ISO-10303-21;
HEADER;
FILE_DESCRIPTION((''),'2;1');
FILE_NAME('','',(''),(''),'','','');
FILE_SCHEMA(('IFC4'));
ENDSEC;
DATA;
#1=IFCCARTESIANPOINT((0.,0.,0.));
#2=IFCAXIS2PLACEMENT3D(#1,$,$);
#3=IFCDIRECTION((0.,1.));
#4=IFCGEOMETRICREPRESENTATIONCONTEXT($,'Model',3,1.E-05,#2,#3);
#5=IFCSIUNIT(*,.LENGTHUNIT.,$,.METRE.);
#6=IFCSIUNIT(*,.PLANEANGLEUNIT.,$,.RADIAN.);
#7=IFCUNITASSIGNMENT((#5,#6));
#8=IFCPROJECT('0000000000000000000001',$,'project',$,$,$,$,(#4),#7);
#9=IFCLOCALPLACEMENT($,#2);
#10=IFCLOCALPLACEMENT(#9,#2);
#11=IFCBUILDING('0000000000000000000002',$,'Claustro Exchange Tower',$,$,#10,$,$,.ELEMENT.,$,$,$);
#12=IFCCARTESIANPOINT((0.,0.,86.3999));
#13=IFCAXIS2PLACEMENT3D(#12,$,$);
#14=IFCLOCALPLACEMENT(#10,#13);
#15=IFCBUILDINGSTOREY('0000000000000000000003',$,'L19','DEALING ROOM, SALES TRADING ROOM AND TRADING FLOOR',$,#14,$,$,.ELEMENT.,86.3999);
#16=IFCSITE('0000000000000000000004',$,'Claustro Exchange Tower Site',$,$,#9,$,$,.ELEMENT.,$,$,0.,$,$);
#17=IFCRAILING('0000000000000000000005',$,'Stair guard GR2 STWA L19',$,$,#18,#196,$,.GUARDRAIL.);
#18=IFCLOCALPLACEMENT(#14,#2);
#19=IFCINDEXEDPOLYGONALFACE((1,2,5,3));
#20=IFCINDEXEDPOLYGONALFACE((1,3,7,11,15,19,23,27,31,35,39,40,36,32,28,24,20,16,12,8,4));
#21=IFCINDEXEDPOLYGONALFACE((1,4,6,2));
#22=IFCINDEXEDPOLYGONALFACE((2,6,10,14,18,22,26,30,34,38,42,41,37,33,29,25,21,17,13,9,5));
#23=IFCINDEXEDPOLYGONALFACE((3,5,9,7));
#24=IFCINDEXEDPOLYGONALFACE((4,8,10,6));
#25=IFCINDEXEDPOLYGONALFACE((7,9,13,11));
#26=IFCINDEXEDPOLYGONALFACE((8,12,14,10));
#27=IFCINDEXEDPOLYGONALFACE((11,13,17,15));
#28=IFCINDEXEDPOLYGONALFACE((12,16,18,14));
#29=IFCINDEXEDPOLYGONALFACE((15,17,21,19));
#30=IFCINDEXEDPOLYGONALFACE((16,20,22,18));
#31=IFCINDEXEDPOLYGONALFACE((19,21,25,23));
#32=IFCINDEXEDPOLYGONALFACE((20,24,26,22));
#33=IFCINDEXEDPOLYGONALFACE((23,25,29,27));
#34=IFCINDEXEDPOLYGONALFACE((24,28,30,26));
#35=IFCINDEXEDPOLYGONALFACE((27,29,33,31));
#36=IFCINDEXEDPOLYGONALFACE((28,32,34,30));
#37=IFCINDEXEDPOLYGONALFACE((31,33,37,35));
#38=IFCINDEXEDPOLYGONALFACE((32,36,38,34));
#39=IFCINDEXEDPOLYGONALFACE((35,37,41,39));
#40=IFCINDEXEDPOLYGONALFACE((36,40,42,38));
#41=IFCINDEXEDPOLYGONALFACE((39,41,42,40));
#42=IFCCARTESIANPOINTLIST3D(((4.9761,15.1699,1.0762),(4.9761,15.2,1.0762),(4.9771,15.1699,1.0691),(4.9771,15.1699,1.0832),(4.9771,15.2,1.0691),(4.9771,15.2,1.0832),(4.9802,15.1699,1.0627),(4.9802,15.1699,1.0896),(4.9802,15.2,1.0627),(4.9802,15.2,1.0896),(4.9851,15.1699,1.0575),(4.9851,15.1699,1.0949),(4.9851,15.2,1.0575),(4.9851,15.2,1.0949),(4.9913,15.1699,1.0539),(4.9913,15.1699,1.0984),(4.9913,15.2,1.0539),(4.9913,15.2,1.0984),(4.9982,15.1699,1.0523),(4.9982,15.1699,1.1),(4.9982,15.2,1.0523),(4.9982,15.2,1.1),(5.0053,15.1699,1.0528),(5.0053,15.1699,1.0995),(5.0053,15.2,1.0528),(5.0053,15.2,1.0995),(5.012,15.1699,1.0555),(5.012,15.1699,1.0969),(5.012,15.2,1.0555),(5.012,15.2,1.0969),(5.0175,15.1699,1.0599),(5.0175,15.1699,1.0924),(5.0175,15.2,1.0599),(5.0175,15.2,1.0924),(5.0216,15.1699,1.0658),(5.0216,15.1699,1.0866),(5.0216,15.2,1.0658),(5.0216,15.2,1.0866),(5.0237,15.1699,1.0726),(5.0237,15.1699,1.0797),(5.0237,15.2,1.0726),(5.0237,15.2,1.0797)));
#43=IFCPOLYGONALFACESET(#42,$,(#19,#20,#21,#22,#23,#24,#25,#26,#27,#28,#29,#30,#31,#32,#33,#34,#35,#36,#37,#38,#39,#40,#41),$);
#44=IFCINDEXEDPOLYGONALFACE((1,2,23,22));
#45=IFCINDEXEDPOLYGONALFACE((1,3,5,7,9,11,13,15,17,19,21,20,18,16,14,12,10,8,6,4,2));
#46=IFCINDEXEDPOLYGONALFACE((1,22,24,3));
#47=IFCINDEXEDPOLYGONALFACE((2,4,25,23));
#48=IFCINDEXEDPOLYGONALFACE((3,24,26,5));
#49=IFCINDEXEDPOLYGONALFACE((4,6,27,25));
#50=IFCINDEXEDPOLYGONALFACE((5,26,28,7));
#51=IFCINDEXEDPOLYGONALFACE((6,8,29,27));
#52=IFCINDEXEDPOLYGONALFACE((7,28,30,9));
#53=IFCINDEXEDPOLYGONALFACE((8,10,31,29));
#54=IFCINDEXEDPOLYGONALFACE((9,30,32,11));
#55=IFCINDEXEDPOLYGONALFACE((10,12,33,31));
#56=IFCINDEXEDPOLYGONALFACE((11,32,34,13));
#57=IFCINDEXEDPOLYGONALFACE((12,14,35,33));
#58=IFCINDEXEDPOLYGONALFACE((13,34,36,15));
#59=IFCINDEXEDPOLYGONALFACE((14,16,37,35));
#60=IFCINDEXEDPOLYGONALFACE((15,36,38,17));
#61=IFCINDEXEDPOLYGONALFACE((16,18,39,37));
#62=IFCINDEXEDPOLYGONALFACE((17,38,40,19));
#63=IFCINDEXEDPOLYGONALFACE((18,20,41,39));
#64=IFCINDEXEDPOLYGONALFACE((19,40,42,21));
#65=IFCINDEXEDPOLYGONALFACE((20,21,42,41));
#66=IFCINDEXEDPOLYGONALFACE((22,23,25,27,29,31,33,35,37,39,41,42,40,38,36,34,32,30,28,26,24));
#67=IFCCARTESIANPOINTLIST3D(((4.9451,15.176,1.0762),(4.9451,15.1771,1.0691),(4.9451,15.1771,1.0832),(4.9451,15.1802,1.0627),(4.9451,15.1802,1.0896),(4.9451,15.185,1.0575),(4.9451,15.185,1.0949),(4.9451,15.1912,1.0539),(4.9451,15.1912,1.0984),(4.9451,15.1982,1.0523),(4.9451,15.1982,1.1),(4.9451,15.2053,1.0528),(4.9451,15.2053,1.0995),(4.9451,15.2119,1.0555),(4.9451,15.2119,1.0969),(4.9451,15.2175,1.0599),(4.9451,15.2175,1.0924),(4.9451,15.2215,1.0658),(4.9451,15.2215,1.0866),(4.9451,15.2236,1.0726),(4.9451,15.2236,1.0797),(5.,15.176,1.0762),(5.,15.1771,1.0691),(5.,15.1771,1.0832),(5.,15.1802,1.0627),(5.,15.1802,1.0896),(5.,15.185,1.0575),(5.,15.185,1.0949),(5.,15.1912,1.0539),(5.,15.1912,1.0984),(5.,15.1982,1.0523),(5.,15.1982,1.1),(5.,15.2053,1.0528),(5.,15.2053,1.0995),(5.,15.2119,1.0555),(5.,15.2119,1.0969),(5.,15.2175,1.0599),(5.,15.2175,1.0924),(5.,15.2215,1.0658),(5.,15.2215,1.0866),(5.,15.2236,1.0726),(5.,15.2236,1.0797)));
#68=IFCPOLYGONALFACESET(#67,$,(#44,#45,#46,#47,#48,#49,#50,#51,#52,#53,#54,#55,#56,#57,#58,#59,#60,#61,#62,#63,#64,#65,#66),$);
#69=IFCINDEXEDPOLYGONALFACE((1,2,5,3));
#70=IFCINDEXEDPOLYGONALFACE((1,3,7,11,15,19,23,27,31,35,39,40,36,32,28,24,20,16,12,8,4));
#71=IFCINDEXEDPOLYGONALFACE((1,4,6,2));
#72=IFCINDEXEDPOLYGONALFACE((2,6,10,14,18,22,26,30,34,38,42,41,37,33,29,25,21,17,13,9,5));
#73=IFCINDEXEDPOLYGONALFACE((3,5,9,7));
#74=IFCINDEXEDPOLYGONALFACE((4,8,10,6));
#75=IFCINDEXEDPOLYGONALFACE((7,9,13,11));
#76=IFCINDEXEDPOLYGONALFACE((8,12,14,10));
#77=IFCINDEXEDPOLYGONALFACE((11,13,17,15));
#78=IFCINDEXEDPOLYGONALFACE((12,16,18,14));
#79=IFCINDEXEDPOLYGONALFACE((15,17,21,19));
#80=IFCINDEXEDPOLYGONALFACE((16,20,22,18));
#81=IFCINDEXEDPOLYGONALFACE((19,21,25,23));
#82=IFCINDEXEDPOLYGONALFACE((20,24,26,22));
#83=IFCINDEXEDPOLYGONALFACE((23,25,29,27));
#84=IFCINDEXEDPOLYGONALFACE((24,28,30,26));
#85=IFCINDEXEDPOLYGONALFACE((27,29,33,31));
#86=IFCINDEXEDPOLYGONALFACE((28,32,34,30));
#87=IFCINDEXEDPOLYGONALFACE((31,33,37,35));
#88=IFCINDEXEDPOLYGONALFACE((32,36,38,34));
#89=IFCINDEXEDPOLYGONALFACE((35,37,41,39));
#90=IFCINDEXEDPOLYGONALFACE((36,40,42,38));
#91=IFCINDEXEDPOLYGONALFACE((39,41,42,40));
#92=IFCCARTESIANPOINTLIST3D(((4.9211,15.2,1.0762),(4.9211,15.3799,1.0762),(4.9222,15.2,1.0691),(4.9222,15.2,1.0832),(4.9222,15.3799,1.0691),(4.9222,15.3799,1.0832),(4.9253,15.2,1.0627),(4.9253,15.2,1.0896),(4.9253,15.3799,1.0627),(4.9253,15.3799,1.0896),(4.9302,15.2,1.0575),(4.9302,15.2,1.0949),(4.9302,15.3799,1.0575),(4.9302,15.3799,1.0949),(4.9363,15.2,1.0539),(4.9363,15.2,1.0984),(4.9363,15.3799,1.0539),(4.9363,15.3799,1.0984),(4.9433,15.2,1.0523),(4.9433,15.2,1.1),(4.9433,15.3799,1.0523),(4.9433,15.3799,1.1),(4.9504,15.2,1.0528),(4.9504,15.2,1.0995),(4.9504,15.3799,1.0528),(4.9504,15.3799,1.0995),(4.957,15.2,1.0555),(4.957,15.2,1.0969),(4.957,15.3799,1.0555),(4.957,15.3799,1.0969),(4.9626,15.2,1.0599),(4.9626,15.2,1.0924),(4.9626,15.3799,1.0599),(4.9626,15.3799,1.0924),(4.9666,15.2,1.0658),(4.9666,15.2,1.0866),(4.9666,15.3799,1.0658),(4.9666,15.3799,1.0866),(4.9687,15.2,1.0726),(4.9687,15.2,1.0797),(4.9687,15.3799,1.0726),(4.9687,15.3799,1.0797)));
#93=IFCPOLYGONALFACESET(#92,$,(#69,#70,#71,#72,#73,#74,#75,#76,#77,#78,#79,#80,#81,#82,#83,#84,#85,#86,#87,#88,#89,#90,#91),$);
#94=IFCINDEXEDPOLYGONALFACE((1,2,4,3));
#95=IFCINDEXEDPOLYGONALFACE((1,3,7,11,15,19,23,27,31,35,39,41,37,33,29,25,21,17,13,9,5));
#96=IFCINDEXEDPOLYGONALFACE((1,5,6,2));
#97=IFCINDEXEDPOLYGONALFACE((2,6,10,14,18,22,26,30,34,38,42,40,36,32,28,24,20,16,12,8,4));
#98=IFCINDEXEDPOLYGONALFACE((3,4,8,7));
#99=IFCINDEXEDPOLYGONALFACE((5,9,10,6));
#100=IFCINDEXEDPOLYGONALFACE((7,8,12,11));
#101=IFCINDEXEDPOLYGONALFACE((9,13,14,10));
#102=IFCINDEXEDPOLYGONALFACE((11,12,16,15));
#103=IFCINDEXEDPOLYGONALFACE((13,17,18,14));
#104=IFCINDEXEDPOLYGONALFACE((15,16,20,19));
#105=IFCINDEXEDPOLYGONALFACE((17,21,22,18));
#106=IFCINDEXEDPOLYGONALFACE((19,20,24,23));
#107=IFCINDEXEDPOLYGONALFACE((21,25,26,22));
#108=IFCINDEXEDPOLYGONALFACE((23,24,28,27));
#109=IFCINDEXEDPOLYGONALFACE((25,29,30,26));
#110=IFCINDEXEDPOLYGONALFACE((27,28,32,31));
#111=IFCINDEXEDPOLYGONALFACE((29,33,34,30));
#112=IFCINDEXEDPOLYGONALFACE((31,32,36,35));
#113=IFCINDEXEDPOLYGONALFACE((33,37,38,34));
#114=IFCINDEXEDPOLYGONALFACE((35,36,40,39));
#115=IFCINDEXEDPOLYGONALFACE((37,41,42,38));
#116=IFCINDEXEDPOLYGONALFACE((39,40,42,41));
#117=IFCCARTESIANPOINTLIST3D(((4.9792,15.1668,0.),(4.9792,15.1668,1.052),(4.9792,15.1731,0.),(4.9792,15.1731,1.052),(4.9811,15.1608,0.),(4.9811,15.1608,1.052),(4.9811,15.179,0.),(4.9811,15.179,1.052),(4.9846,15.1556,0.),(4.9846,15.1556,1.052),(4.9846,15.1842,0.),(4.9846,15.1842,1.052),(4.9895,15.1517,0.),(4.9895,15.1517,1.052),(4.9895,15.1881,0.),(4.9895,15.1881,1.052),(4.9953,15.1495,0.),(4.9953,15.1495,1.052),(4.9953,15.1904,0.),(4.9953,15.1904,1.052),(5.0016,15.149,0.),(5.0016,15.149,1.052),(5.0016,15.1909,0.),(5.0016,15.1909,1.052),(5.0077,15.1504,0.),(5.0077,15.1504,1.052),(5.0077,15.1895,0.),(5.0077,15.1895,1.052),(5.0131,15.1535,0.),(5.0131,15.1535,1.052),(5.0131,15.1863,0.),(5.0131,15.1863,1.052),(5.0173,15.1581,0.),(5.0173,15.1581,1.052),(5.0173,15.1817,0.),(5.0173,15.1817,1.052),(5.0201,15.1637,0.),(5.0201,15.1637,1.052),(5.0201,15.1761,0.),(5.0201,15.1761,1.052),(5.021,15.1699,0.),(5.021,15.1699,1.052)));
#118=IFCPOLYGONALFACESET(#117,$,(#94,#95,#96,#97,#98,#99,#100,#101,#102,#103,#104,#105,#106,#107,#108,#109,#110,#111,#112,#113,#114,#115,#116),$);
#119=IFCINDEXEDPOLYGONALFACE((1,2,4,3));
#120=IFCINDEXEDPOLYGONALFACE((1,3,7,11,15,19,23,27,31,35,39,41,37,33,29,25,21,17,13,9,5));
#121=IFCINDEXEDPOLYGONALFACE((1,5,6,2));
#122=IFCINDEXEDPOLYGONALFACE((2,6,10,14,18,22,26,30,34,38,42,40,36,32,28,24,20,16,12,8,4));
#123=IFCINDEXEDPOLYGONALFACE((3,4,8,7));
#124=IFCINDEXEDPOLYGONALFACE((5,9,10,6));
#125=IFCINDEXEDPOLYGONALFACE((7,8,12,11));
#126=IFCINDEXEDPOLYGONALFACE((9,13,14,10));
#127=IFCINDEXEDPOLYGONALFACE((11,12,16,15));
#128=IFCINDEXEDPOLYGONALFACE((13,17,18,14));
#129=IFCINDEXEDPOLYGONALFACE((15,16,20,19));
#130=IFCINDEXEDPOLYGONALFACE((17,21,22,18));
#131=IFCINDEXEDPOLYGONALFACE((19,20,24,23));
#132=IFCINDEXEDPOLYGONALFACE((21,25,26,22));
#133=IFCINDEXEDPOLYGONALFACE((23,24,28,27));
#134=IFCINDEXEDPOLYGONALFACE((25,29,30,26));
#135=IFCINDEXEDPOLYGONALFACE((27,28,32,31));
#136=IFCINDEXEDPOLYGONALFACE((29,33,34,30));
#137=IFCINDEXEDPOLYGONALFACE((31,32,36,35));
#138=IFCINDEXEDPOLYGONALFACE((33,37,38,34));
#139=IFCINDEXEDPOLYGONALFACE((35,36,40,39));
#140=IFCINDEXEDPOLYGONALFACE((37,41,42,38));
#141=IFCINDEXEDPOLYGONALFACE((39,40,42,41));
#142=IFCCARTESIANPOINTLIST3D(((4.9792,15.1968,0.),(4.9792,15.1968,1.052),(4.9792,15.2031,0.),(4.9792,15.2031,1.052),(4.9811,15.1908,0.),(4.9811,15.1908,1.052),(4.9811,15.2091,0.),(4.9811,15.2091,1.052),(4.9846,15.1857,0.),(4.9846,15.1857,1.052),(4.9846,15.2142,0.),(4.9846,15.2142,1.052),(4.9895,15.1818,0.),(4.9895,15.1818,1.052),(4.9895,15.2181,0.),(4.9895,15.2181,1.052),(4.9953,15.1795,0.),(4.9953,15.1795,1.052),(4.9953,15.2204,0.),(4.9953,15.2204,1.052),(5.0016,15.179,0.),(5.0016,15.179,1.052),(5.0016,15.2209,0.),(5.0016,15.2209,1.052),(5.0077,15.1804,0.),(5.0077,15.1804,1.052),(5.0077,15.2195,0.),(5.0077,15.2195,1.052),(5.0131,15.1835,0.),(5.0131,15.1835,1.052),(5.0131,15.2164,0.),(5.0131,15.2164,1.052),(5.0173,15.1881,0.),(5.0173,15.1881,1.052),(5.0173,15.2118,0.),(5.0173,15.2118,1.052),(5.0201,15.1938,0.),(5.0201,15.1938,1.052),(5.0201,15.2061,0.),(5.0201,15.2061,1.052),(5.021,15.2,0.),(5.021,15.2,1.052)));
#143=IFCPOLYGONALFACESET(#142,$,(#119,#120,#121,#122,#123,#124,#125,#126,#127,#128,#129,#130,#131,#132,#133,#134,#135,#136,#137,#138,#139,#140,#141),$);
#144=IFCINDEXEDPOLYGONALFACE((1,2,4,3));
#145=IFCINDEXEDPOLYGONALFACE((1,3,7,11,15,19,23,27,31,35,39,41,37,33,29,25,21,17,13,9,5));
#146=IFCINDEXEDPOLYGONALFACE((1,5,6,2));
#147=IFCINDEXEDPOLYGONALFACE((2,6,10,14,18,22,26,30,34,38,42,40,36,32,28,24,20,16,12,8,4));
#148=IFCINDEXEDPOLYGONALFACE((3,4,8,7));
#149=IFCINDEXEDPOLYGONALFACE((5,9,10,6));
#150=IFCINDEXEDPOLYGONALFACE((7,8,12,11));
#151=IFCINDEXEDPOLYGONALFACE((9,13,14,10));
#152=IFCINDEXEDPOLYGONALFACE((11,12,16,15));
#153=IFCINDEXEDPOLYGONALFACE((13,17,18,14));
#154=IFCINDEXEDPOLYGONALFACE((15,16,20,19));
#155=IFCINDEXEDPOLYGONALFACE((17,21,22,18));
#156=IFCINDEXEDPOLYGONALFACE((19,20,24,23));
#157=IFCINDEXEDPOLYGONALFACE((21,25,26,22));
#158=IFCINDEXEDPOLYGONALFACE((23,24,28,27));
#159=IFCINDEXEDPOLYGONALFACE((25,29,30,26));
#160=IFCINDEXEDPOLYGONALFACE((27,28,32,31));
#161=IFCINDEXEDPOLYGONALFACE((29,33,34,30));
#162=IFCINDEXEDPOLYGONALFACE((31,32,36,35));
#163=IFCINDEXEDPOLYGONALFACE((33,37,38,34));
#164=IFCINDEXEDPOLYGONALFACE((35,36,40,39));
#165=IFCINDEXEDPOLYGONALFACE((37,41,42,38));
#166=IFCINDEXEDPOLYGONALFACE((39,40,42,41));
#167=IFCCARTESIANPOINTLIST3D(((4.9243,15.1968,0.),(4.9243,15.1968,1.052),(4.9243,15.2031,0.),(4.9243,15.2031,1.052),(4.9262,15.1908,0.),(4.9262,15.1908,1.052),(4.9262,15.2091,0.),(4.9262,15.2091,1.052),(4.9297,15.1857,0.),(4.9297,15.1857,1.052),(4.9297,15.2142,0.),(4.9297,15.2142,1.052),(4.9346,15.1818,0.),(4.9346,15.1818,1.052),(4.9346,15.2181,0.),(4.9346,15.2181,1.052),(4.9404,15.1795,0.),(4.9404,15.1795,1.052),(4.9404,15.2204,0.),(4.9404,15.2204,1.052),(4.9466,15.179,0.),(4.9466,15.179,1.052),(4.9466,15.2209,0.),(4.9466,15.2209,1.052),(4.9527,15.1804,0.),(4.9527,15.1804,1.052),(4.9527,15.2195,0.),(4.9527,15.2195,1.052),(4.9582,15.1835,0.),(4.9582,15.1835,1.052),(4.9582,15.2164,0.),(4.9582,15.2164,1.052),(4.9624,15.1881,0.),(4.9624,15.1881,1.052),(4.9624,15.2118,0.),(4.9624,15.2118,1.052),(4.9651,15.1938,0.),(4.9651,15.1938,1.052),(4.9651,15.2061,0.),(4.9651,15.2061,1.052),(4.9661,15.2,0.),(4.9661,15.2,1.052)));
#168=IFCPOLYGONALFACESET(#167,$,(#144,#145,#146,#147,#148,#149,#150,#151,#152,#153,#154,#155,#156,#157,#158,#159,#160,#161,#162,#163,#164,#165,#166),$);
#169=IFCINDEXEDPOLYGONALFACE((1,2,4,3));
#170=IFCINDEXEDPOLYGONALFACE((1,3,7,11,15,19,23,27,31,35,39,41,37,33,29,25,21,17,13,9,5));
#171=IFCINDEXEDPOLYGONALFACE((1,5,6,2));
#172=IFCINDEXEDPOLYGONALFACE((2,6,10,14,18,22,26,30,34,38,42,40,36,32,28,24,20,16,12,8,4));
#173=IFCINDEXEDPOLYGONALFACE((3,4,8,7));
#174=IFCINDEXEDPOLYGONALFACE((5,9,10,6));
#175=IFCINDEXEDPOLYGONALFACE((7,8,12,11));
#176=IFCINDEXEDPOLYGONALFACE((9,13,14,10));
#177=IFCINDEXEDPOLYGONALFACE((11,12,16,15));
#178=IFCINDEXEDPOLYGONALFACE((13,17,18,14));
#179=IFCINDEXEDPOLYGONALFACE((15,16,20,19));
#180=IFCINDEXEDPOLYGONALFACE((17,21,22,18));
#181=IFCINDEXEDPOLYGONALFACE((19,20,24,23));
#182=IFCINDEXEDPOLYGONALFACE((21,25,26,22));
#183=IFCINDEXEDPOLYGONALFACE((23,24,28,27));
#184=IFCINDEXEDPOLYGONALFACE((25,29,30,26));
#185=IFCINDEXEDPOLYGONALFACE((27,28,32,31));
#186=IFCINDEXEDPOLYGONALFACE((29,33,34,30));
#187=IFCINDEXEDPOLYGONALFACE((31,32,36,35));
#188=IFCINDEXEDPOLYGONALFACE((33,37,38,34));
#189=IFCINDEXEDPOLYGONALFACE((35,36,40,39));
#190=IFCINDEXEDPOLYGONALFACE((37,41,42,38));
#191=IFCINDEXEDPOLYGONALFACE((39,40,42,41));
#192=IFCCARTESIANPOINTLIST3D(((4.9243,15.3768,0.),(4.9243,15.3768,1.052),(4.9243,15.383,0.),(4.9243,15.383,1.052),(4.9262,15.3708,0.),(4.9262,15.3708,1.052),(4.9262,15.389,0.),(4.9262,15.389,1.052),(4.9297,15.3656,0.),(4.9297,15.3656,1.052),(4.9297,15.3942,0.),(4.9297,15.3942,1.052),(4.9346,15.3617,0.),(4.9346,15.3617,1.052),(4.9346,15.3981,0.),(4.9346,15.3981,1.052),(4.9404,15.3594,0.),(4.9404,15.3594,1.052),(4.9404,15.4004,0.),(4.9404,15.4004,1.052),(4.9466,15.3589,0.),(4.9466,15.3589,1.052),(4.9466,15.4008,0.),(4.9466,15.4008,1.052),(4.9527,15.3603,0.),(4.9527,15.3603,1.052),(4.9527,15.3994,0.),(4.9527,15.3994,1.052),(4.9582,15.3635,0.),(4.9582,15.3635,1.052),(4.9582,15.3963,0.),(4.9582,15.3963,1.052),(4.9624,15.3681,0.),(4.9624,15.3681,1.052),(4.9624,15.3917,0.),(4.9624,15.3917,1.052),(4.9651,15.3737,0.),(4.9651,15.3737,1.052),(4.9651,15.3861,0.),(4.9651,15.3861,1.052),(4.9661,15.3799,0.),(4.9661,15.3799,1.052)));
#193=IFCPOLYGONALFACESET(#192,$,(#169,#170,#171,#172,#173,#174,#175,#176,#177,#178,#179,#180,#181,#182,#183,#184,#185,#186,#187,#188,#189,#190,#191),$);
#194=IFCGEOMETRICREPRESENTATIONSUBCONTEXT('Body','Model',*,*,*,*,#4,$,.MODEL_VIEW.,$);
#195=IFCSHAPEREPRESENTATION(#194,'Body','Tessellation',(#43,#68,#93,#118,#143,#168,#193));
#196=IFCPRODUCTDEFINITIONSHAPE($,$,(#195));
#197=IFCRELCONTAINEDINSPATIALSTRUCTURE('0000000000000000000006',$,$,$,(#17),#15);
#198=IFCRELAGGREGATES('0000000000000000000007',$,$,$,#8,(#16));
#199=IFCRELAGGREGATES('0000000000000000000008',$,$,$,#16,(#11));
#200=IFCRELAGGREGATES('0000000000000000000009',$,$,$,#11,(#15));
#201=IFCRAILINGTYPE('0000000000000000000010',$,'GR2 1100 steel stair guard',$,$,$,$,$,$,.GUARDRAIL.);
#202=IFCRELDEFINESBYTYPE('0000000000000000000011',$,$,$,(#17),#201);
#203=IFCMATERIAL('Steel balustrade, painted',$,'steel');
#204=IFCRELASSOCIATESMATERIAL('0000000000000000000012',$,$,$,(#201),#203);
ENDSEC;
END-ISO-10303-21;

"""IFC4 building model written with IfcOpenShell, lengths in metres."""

from ifc_helpers import new_model, si_unit, direction, frame, origin, origin_2d, place, context, subcontext, project, spatial, circle, extrude, material, type_object, element, save


model = new_model("IFC4")

# Units and contexts
model_context = context("Model", 3, precision=1e-05, world=origin(), true_north=direction((0.0, 1.0)))
body_context = subcontext(model_context, "Body", "Model", "MODEL_VIEW")
ifc_project = project(units=[si_unit("LENGTHUNIT", "METRE"), si_unit("PLANEANGLEUNIT", "RADIAN")], contexts=[model_context])

# Site, building, storey
site_placement = place(None, origin())
site = spatial("IfcSite", under=ifc_project, at=site_placement, Name="Claustro Exchange Tower Site", CompositionType="ELEMENT", RefElevation=0.0)
building_placement = place(site_placement, origin())
building = spatial("IfcBuilding", under=site, at=building_placement, Name="Claustro Exchange Tower", CompositionType="ELEMENT")
storey_placement = place(building_placement, frame((0.0, 0.0, 86.3999)))
storey = spatial("IfcBuildingStorey", under=building, at=storey_placement, Name="L19", Description="DEALING ROOM, SALES TRADING ROOM AND TRADING FLOOR", CompositionType="ELEMENT", Elevation=86.3999)

# Railing
ifc_material_1 = material(Name="Steel balustrade, painted", Category="steel")
railing_type_1 = type_object("IfcRailingType", Name="GR2 1100 steel stair guard", PredefinedType="GUARDRAIL", material=ifc_material_1)
railing_1_placement = place(storey_placement, frame((5.0, 15.1699, 0.0)))
element("IfcRailing", 1, at=railing_1_placement, inside=storey, type_object=railing_type_1, Name="Stair guard GR2 STWA L19", PredefinedType="GUARDRAIL", context=body_context, shape_type="SweptSolid", body=[
    extrude(circle(Radius=0.0239, at=origin_2d()), frame((0.0, 0.0, 1.0762), z_axis=(0.0, 1.0, 0.0), x_axis=(-1.0, 0.0, 0.0)), (0.0, 0.0, 1.0), 0.03),
    extrude(circle(Radius=0.0239, at=origin_2d()), frame((0.0, 0.03, 1.0762), z_axis=(-1.0, 0.0, 0.0), x_axis=(0.0, -1.0, 0.0)), (0.0, 0.0, 1.0), 0.0549),
    extrude(circle(Radius=0.0239, at=origin_2d()), frame((-0.0549, 0.03, 1.0762), z_axis=(0.0, 1.0, 0.0), x_axis=(-1.0, 0.0, 0.0)), (0.0, 0.0, 1.0), 0.1799),
    extrude(circle(Radius=0.021, at=origin_2d()), origin(), (0.0, 0.0, 1.0), 1.052),
    extrude(circle(Radius=0.021, at=origin_2d()), frame((0.0, 0.03, 0.0)), (0.0, 0.0, 1.0), 1.052),
    extrude(circle(Radius=0.021, at=origin_2d()), frame((-0.0549, 0.03, 0.0)), (0.0, 0.0, 1.0), 1.052),
    extrude(circle(Radius=0.021, at=origin_2d()), frame((-0.0549, 0.21, 0.0)), (0.0, 0.0, 1.0), 1.052),
])

save(model, "model.ifc")
